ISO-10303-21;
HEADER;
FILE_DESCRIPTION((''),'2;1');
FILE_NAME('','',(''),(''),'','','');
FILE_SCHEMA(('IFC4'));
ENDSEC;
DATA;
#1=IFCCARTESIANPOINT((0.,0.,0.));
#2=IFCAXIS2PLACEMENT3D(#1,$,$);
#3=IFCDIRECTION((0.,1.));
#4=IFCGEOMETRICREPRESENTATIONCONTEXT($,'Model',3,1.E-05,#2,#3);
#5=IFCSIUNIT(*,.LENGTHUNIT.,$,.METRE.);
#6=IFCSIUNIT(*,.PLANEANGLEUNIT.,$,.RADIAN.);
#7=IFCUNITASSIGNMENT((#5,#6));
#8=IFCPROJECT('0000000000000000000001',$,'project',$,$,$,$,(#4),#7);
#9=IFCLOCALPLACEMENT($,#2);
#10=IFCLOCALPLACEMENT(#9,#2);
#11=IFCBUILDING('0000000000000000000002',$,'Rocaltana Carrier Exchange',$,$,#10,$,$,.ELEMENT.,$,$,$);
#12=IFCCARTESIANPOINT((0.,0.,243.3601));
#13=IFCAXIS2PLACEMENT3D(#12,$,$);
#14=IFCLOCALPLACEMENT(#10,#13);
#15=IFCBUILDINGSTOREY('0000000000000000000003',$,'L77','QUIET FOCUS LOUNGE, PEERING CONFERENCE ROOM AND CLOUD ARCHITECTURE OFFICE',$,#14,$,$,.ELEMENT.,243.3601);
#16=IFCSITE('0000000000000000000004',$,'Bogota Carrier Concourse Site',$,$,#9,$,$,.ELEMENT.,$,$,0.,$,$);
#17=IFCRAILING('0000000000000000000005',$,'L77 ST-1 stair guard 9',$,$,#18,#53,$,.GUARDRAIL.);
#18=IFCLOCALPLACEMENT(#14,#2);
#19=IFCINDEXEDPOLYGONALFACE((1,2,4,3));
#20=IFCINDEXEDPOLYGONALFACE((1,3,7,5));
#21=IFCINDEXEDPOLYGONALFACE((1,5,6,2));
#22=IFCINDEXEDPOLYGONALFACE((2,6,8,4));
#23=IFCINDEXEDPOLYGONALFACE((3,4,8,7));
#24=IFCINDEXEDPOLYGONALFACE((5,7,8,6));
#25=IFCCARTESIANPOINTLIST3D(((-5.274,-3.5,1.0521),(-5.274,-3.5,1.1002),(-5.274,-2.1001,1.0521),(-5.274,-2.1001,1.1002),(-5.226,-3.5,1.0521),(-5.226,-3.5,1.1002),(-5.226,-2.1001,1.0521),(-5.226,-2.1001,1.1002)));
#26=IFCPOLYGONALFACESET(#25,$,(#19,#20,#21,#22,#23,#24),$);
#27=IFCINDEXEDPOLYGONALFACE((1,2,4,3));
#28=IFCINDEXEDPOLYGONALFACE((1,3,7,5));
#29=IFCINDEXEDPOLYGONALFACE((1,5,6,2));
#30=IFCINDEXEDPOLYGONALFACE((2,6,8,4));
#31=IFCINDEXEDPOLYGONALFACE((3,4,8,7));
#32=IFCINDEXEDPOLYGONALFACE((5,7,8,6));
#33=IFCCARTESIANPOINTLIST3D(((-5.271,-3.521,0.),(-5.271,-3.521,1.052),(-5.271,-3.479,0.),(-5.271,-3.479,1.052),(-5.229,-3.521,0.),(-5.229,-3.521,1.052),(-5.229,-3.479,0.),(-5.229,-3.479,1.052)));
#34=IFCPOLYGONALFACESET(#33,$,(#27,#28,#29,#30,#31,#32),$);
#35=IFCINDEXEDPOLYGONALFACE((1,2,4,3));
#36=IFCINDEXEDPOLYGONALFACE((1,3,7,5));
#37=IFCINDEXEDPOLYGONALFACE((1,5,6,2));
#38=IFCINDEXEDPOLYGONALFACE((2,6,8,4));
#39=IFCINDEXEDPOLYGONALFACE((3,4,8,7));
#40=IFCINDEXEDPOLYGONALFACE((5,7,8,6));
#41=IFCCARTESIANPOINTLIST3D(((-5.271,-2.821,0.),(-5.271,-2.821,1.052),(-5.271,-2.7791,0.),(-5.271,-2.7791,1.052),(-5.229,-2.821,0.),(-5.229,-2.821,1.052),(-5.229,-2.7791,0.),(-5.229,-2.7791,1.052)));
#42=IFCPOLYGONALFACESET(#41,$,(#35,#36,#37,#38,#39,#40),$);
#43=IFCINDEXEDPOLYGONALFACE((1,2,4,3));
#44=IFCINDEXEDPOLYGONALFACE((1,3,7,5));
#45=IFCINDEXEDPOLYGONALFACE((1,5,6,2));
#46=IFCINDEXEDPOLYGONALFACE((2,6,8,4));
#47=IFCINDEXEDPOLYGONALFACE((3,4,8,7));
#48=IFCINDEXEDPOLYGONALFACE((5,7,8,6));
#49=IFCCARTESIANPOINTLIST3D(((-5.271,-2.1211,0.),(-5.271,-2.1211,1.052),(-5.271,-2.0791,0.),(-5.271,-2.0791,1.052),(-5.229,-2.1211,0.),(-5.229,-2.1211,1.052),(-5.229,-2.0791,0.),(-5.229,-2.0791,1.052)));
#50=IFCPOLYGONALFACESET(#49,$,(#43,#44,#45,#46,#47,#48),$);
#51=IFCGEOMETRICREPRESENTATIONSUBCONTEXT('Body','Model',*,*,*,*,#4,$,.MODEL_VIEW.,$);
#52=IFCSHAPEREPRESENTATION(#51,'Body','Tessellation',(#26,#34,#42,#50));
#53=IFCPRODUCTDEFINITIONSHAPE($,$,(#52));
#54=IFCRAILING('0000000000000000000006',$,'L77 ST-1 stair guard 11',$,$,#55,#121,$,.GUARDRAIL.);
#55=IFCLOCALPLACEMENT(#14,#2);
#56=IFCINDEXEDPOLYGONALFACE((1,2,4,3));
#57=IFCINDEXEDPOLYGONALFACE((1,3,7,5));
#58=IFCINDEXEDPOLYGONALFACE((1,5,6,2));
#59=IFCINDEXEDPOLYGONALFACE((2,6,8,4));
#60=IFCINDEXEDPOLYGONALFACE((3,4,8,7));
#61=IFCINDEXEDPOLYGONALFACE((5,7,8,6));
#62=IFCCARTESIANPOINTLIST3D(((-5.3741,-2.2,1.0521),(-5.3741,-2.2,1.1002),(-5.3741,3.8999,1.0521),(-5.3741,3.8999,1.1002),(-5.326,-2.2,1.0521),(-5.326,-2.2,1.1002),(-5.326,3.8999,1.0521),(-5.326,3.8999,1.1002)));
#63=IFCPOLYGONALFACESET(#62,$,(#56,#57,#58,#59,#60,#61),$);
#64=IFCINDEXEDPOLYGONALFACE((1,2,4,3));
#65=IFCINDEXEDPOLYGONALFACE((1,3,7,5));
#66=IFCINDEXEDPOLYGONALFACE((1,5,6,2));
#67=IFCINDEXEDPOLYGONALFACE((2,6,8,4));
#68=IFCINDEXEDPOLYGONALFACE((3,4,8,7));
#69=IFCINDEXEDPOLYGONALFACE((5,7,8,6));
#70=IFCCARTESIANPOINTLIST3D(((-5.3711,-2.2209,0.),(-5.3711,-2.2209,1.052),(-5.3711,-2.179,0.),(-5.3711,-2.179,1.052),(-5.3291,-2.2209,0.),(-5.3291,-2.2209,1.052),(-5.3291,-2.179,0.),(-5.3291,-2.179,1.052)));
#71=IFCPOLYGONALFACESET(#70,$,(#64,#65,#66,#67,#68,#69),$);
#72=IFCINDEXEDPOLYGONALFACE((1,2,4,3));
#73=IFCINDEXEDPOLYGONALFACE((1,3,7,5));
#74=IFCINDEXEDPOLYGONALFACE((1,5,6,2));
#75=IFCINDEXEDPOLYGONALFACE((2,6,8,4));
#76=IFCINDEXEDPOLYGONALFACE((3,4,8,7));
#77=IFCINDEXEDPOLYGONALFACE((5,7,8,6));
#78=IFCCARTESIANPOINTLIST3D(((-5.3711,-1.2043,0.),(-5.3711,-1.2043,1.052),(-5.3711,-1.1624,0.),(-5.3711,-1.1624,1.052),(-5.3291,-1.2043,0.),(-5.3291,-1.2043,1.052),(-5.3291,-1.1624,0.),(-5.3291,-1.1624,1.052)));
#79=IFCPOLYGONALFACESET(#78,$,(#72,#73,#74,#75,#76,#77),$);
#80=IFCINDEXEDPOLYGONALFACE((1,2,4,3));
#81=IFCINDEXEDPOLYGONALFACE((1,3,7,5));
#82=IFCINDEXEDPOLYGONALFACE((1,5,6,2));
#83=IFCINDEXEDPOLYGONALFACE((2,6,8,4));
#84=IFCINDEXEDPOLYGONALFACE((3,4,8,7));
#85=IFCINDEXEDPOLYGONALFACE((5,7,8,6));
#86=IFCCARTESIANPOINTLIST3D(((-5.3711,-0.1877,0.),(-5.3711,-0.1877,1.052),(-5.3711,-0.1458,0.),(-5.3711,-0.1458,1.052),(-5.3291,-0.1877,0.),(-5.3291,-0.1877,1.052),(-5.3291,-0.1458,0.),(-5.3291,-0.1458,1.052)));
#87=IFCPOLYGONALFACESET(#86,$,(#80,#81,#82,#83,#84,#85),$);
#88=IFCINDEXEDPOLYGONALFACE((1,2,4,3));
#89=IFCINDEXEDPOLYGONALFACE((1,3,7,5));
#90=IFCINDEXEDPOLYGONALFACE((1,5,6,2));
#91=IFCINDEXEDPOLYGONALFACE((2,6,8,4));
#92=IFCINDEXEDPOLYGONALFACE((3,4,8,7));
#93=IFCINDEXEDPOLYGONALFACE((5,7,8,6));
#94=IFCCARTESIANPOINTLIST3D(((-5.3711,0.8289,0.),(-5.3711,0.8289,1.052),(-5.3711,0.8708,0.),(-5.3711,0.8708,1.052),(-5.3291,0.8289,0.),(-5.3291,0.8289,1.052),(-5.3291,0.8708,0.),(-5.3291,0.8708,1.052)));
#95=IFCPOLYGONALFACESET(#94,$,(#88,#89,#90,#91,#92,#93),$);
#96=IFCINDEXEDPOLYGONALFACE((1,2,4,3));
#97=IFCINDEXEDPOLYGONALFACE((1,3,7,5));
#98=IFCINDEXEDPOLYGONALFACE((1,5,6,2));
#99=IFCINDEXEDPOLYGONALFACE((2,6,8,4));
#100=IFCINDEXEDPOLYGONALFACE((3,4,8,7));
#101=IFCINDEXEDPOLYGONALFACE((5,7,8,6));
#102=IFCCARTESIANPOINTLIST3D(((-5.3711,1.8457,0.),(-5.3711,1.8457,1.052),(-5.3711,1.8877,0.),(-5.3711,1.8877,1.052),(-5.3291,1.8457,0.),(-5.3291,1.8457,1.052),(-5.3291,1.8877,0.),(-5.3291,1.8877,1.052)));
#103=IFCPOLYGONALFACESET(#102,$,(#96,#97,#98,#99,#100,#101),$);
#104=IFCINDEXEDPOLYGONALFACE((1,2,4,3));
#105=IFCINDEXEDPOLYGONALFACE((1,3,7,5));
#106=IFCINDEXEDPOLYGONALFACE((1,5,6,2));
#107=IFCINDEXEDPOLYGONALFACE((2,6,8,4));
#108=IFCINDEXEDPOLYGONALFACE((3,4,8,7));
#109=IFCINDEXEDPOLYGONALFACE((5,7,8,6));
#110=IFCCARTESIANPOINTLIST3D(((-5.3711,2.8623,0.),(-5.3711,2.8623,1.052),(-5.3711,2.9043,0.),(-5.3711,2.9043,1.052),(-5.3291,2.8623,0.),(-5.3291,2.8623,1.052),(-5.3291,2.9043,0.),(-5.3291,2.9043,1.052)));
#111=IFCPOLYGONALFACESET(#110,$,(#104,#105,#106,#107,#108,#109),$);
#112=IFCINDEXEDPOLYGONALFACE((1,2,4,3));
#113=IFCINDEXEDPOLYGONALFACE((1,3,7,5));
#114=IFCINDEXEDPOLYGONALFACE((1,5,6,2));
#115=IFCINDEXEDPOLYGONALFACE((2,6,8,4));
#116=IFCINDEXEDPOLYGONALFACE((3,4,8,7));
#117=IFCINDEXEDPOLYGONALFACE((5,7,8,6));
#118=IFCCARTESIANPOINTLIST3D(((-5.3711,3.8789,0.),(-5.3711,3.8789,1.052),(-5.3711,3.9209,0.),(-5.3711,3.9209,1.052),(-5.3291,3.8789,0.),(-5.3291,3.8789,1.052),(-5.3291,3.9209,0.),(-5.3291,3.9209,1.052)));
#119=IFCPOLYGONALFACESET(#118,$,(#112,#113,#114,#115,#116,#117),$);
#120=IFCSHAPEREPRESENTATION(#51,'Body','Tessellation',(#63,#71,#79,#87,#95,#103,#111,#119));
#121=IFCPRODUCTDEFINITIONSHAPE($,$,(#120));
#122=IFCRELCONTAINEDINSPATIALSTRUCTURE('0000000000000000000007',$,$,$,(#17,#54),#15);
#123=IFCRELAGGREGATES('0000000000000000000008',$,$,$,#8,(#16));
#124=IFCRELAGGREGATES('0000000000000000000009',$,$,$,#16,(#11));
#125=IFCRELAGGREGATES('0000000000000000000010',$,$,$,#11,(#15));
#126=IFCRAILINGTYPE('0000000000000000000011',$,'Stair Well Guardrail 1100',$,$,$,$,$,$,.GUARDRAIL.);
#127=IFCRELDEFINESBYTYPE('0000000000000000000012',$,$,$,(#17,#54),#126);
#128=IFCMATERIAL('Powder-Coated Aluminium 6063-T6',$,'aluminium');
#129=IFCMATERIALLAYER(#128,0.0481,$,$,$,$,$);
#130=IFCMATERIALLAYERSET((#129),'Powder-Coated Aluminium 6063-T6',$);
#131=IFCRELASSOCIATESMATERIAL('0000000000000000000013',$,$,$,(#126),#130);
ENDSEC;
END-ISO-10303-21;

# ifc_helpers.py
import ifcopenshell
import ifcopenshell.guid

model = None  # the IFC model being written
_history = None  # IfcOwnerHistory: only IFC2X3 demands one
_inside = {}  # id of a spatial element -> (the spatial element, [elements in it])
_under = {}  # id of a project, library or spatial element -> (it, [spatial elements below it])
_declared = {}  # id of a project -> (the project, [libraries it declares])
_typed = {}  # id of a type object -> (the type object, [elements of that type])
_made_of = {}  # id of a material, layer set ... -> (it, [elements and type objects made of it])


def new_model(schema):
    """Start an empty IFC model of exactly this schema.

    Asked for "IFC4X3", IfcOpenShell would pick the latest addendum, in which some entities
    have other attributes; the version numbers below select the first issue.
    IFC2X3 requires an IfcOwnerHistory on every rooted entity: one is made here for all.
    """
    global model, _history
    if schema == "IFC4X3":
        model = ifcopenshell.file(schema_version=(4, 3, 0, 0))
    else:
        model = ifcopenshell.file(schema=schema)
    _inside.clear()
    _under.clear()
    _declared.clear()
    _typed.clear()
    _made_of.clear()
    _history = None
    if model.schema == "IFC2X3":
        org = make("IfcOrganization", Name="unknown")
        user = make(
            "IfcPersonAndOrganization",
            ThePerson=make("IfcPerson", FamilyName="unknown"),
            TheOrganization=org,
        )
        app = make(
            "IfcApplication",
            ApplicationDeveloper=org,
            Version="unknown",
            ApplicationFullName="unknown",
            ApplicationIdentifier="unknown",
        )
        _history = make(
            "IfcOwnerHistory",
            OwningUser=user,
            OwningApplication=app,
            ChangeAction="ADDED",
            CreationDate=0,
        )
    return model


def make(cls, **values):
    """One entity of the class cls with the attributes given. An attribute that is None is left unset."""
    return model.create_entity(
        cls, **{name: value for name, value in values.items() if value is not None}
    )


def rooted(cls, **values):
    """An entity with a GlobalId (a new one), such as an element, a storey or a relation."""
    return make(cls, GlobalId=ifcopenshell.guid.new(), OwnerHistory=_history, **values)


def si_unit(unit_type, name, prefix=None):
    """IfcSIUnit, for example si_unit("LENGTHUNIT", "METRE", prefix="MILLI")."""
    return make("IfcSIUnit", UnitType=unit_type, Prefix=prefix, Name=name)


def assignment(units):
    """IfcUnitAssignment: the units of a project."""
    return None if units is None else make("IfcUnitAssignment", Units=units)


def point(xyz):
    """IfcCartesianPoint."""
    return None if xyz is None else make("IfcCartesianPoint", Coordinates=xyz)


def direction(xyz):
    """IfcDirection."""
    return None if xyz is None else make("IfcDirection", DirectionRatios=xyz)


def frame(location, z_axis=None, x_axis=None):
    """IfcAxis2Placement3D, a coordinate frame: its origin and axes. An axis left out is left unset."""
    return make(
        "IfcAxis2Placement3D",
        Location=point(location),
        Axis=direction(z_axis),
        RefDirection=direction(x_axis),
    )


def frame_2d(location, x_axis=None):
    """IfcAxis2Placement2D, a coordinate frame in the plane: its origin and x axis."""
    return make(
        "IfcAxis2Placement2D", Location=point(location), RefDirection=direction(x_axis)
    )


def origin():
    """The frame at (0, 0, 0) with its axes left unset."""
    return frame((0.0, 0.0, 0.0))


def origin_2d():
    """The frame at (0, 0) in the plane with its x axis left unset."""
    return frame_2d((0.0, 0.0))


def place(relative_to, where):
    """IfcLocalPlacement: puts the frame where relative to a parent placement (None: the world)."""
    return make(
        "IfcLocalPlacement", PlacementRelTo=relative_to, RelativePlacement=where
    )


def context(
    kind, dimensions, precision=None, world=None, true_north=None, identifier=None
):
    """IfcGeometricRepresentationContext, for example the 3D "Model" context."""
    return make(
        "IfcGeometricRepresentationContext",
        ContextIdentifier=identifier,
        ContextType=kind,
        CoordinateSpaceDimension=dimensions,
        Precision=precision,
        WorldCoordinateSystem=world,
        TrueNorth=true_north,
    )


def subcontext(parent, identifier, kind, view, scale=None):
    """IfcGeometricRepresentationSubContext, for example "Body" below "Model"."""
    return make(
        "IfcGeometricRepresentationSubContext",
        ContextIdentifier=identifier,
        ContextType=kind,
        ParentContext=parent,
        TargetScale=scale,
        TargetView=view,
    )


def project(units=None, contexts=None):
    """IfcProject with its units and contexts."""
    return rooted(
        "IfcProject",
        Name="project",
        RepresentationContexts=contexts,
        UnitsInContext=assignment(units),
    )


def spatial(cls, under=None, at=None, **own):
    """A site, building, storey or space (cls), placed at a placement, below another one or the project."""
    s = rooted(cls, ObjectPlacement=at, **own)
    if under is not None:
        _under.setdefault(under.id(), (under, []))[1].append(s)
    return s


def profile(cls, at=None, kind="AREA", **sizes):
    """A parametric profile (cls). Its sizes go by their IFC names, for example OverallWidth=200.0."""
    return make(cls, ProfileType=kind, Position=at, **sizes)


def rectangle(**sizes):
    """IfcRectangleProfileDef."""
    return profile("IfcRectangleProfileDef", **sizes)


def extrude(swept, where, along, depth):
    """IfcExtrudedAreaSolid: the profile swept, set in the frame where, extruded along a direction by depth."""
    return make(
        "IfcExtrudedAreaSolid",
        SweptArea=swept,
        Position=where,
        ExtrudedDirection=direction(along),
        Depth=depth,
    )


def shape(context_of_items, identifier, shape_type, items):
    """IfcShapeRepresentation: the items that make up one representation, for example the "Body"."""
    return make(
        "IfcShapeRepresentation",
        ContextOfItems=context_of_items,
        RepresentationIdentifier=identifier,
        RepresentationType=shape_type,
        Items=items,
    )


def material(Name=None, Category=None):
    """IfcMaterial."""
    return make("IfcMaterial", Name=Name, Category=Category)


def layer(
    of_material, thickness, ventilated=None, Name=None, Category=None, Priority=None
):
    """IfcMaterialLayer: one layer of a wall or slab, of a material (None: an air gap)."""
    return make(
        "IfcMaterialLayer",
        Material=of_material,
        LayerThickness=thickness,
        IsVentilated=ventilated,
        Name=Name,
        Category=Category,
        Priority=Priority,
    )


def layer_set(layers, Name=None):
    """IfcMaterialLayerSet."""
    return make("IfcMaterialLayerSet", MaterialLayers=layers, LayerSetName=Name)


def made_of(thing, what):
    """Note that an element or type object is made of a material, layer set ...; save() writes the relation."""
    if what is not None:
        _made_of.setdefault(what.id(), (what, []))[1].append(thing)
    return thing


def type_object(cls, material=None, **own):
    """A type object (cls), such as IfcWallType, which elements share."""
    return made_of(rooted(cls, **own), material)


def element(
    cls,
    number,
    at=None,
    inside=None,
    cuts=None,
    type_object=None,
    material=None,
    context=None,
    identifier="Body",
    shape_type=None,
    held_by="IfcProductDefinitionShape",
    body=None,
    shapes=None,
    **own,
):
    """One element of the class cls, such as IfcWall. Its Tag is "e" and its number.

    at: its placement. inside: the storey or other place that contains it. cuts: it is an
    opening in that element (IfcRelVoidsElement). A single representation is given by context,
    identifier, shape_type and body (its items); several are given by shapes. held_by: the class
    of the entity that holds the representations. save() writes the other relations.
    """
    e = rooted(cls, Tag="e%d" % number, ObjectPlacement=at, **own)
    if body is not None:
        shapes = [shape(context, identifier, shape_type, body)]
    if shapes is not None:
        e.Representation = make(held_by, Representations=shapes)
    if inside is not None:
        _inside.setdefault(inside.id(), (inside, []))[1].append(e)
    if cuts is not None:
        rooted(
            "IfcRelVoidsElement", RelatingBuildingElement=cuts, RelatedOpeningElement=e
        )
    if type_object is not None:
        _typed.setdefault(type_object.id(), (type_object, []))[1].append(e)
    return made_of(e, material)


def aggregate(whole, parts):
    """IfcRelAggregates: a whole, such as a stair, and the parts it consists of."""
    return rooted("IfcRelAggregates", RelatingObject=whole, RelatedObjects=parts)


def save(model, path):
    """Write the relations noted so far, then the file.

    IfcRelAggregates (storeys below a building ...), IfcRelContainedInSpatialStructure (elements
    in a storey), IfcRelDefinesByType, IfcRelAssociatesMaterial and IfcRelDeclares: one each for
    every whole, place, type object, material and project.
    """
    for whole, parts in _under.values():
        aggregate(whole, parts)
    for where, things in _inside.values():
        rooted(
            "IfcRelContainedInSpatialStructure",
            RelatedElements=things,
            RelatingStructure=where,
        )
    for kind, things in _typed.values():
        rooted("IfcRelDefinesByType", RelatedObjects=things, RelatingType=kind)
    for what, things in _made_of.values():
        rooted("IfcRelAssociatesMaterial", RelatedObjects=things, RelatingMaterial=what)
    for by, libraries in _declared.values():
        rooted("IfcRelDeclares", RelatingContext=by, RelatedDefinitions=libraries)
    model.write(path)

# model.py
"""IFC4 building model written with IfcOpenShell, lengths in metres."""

from ifc_helpers import new_model, si_unit, direction, frame, origin, origin_2d, place, context, subcontext, project, spatial, rectangle, extrude, material, layer, layer_set, type_object, element, save


model = new_model("IFC4")

# Units and contexts
model_context = context("Model", 3, precision=1e-05, world=origin(), true_north=direction((0.0, 1.0)))
body_context = subcontext(model_context, "Body", "Model", "MODEL_VIEW")
ifc_project = project(units=[si_unit("LENGTHUNIT", "METRE"), si_unit("PLANEANGLEUNIT", "RADIAN")], contexts=[model_context])

# Site, building, storey
site_placement = place(None, origin())
site = spatial("IfcSite", under=ifc_project, at=site_placement, Name="Bogota Carrier Concourse Site", CompositionType="ELEMENT", RefElevation=0.0)
building_placement = place(site_placement, origin())
building = spatial("IfcBuilding", under=site, at=building_placement, Name="Rocaltana Carrier Exchange", CompositionType="ELEMENT")
storey_placement = place(building_placement, frame((0.0, 0.0, 243.3601)))
storey = spatial("IfcBuildingStorey", under=building, at=storey_placement, Name="L77", Description="QUIET FOCUS LOUNGE, PEERING CONFERENCE ROOM AND CLOUD ARCHITECTURE OFFICE", CompositionType="ELEMENT", Elevation=243.3601)

# Railings
ifc_material_1 = material(Name="Powder-Coated Aluminium 6063-T6", Category="aluminium")
ifc_layer_1 = layer(ifc_material_1, 0.0481)
ifc_layer_set_1 = layer_set([ifc_layer_1], Name="Powder-Coated Aluminium 6063-T6")
railing_type = type_object("IfcRailingType", Name="Stair Well Guardrail 1100", PredefinedType="GUARDRAIL", material=ifc_layer_set_1)
railing_1_placement = place(storey_placement, frame((-5.25, -3.5, 0.0)))
element("IfcRailing", 1, at=railing_1_placement, inside=storey, type_object=railing_type, Name="L77 ST-1 stair guard 9", PredefinedType="GUARDRAIL", context=body_context, shape_type="SweptSolid", body=[
    extrude(rectangle(XDim=0.0481, YDim=0.0481, at=origin_2d()), frame((0.0, 0.0, 1.0762), z_axis=(0.0, 1.0, 0.0), x_axis=(-1.0, 0.0, 0.0)), (0.0, 0.0, 1.0), 1.3999),
    extrude(rectangle(XDim=0.042, YDim=0.042, at=origin_2d()), origin(), (0.0, 0.0, 1.0), 1.052),
    extrude(rectangle(XDim=0.042, YDim=0.042, at=origin_2d()), frame((0.0, 0.7, 0.0)), (0.0, 0.0, 1.0), 1.052),
    extrude(rectangle(XDim=0.042, YDim=0.042, at=origin_2d()), frame((0.0, 1.3999, 0.0)), (0.0, 0.0, 1.0), 1.052),
])
railing_2_placement = place(storey_placement, frame((-5.3501, -2.2, 0.0)))
element("IfcRailing", 2, at=railing_2_placement, inside=storey, type_object=railing_type, Name="L77 ST-1 stair guard 11", PredefinedType="GUARDRAIL", context=body_context, shape_type="SweptSolid", body=[
    extrude(rectangle(XDim=0.0481, YDim=0.0481, at=origin_2d()), frame((0.0, 0.0, 1.0762), z_axis=(0.0, 1.0, 0.0), x_axis=(-1.0, 0.0, 0.0)), (0.0, 0.0, 1.0), 6.0999),
    extrude(rectangle(XDim=0.042, YDim=0.042, at=origin_2d()), origin(), (0.0, 0.0, 1.0), 1.052),
    extrude(rectangle(XDim=0.042, YDim=0.042, at=origin_2d()), frame((0.0, 1.0166, 0.0)), (0.0, 0.0, 1.0), 1.052),
    extrude(rectangle(XDim=0.042, YDim=0.042, at=origin_2d()), frame((0.0, 2.0332, 0.0)), (0.0, 0.0, 1.0), 1.052),
    extrude(rectangle(XDim=0.042, YDim=0.042, at=origin_2d()), frame((0.0, 3.0498, 0.0)), (0.0, 0.0, 1.0), 1.052),
    extrude(rectangle(XDim=0.042, YDim=0.042, at=origin_2d()), frame((0.0, 4.0667, 0.0)), (0.0, 0.0, 1.0), 1.052),
    extrude(rectangle(XDim=0.042, YDim=0.042, at=origin_2d()), frame((0.0, 5.0833, 0.0)), (0.0, 0.0, 1.0), 1.052),
    extrude(rectangle(XDim=0.042, YDim=0.042, at=origin_2d()), frame((0.0, 6.0999, 0.0)), (0.0, 0.0, 1.0), 1.052),
])

save(model, "model.ifc")
